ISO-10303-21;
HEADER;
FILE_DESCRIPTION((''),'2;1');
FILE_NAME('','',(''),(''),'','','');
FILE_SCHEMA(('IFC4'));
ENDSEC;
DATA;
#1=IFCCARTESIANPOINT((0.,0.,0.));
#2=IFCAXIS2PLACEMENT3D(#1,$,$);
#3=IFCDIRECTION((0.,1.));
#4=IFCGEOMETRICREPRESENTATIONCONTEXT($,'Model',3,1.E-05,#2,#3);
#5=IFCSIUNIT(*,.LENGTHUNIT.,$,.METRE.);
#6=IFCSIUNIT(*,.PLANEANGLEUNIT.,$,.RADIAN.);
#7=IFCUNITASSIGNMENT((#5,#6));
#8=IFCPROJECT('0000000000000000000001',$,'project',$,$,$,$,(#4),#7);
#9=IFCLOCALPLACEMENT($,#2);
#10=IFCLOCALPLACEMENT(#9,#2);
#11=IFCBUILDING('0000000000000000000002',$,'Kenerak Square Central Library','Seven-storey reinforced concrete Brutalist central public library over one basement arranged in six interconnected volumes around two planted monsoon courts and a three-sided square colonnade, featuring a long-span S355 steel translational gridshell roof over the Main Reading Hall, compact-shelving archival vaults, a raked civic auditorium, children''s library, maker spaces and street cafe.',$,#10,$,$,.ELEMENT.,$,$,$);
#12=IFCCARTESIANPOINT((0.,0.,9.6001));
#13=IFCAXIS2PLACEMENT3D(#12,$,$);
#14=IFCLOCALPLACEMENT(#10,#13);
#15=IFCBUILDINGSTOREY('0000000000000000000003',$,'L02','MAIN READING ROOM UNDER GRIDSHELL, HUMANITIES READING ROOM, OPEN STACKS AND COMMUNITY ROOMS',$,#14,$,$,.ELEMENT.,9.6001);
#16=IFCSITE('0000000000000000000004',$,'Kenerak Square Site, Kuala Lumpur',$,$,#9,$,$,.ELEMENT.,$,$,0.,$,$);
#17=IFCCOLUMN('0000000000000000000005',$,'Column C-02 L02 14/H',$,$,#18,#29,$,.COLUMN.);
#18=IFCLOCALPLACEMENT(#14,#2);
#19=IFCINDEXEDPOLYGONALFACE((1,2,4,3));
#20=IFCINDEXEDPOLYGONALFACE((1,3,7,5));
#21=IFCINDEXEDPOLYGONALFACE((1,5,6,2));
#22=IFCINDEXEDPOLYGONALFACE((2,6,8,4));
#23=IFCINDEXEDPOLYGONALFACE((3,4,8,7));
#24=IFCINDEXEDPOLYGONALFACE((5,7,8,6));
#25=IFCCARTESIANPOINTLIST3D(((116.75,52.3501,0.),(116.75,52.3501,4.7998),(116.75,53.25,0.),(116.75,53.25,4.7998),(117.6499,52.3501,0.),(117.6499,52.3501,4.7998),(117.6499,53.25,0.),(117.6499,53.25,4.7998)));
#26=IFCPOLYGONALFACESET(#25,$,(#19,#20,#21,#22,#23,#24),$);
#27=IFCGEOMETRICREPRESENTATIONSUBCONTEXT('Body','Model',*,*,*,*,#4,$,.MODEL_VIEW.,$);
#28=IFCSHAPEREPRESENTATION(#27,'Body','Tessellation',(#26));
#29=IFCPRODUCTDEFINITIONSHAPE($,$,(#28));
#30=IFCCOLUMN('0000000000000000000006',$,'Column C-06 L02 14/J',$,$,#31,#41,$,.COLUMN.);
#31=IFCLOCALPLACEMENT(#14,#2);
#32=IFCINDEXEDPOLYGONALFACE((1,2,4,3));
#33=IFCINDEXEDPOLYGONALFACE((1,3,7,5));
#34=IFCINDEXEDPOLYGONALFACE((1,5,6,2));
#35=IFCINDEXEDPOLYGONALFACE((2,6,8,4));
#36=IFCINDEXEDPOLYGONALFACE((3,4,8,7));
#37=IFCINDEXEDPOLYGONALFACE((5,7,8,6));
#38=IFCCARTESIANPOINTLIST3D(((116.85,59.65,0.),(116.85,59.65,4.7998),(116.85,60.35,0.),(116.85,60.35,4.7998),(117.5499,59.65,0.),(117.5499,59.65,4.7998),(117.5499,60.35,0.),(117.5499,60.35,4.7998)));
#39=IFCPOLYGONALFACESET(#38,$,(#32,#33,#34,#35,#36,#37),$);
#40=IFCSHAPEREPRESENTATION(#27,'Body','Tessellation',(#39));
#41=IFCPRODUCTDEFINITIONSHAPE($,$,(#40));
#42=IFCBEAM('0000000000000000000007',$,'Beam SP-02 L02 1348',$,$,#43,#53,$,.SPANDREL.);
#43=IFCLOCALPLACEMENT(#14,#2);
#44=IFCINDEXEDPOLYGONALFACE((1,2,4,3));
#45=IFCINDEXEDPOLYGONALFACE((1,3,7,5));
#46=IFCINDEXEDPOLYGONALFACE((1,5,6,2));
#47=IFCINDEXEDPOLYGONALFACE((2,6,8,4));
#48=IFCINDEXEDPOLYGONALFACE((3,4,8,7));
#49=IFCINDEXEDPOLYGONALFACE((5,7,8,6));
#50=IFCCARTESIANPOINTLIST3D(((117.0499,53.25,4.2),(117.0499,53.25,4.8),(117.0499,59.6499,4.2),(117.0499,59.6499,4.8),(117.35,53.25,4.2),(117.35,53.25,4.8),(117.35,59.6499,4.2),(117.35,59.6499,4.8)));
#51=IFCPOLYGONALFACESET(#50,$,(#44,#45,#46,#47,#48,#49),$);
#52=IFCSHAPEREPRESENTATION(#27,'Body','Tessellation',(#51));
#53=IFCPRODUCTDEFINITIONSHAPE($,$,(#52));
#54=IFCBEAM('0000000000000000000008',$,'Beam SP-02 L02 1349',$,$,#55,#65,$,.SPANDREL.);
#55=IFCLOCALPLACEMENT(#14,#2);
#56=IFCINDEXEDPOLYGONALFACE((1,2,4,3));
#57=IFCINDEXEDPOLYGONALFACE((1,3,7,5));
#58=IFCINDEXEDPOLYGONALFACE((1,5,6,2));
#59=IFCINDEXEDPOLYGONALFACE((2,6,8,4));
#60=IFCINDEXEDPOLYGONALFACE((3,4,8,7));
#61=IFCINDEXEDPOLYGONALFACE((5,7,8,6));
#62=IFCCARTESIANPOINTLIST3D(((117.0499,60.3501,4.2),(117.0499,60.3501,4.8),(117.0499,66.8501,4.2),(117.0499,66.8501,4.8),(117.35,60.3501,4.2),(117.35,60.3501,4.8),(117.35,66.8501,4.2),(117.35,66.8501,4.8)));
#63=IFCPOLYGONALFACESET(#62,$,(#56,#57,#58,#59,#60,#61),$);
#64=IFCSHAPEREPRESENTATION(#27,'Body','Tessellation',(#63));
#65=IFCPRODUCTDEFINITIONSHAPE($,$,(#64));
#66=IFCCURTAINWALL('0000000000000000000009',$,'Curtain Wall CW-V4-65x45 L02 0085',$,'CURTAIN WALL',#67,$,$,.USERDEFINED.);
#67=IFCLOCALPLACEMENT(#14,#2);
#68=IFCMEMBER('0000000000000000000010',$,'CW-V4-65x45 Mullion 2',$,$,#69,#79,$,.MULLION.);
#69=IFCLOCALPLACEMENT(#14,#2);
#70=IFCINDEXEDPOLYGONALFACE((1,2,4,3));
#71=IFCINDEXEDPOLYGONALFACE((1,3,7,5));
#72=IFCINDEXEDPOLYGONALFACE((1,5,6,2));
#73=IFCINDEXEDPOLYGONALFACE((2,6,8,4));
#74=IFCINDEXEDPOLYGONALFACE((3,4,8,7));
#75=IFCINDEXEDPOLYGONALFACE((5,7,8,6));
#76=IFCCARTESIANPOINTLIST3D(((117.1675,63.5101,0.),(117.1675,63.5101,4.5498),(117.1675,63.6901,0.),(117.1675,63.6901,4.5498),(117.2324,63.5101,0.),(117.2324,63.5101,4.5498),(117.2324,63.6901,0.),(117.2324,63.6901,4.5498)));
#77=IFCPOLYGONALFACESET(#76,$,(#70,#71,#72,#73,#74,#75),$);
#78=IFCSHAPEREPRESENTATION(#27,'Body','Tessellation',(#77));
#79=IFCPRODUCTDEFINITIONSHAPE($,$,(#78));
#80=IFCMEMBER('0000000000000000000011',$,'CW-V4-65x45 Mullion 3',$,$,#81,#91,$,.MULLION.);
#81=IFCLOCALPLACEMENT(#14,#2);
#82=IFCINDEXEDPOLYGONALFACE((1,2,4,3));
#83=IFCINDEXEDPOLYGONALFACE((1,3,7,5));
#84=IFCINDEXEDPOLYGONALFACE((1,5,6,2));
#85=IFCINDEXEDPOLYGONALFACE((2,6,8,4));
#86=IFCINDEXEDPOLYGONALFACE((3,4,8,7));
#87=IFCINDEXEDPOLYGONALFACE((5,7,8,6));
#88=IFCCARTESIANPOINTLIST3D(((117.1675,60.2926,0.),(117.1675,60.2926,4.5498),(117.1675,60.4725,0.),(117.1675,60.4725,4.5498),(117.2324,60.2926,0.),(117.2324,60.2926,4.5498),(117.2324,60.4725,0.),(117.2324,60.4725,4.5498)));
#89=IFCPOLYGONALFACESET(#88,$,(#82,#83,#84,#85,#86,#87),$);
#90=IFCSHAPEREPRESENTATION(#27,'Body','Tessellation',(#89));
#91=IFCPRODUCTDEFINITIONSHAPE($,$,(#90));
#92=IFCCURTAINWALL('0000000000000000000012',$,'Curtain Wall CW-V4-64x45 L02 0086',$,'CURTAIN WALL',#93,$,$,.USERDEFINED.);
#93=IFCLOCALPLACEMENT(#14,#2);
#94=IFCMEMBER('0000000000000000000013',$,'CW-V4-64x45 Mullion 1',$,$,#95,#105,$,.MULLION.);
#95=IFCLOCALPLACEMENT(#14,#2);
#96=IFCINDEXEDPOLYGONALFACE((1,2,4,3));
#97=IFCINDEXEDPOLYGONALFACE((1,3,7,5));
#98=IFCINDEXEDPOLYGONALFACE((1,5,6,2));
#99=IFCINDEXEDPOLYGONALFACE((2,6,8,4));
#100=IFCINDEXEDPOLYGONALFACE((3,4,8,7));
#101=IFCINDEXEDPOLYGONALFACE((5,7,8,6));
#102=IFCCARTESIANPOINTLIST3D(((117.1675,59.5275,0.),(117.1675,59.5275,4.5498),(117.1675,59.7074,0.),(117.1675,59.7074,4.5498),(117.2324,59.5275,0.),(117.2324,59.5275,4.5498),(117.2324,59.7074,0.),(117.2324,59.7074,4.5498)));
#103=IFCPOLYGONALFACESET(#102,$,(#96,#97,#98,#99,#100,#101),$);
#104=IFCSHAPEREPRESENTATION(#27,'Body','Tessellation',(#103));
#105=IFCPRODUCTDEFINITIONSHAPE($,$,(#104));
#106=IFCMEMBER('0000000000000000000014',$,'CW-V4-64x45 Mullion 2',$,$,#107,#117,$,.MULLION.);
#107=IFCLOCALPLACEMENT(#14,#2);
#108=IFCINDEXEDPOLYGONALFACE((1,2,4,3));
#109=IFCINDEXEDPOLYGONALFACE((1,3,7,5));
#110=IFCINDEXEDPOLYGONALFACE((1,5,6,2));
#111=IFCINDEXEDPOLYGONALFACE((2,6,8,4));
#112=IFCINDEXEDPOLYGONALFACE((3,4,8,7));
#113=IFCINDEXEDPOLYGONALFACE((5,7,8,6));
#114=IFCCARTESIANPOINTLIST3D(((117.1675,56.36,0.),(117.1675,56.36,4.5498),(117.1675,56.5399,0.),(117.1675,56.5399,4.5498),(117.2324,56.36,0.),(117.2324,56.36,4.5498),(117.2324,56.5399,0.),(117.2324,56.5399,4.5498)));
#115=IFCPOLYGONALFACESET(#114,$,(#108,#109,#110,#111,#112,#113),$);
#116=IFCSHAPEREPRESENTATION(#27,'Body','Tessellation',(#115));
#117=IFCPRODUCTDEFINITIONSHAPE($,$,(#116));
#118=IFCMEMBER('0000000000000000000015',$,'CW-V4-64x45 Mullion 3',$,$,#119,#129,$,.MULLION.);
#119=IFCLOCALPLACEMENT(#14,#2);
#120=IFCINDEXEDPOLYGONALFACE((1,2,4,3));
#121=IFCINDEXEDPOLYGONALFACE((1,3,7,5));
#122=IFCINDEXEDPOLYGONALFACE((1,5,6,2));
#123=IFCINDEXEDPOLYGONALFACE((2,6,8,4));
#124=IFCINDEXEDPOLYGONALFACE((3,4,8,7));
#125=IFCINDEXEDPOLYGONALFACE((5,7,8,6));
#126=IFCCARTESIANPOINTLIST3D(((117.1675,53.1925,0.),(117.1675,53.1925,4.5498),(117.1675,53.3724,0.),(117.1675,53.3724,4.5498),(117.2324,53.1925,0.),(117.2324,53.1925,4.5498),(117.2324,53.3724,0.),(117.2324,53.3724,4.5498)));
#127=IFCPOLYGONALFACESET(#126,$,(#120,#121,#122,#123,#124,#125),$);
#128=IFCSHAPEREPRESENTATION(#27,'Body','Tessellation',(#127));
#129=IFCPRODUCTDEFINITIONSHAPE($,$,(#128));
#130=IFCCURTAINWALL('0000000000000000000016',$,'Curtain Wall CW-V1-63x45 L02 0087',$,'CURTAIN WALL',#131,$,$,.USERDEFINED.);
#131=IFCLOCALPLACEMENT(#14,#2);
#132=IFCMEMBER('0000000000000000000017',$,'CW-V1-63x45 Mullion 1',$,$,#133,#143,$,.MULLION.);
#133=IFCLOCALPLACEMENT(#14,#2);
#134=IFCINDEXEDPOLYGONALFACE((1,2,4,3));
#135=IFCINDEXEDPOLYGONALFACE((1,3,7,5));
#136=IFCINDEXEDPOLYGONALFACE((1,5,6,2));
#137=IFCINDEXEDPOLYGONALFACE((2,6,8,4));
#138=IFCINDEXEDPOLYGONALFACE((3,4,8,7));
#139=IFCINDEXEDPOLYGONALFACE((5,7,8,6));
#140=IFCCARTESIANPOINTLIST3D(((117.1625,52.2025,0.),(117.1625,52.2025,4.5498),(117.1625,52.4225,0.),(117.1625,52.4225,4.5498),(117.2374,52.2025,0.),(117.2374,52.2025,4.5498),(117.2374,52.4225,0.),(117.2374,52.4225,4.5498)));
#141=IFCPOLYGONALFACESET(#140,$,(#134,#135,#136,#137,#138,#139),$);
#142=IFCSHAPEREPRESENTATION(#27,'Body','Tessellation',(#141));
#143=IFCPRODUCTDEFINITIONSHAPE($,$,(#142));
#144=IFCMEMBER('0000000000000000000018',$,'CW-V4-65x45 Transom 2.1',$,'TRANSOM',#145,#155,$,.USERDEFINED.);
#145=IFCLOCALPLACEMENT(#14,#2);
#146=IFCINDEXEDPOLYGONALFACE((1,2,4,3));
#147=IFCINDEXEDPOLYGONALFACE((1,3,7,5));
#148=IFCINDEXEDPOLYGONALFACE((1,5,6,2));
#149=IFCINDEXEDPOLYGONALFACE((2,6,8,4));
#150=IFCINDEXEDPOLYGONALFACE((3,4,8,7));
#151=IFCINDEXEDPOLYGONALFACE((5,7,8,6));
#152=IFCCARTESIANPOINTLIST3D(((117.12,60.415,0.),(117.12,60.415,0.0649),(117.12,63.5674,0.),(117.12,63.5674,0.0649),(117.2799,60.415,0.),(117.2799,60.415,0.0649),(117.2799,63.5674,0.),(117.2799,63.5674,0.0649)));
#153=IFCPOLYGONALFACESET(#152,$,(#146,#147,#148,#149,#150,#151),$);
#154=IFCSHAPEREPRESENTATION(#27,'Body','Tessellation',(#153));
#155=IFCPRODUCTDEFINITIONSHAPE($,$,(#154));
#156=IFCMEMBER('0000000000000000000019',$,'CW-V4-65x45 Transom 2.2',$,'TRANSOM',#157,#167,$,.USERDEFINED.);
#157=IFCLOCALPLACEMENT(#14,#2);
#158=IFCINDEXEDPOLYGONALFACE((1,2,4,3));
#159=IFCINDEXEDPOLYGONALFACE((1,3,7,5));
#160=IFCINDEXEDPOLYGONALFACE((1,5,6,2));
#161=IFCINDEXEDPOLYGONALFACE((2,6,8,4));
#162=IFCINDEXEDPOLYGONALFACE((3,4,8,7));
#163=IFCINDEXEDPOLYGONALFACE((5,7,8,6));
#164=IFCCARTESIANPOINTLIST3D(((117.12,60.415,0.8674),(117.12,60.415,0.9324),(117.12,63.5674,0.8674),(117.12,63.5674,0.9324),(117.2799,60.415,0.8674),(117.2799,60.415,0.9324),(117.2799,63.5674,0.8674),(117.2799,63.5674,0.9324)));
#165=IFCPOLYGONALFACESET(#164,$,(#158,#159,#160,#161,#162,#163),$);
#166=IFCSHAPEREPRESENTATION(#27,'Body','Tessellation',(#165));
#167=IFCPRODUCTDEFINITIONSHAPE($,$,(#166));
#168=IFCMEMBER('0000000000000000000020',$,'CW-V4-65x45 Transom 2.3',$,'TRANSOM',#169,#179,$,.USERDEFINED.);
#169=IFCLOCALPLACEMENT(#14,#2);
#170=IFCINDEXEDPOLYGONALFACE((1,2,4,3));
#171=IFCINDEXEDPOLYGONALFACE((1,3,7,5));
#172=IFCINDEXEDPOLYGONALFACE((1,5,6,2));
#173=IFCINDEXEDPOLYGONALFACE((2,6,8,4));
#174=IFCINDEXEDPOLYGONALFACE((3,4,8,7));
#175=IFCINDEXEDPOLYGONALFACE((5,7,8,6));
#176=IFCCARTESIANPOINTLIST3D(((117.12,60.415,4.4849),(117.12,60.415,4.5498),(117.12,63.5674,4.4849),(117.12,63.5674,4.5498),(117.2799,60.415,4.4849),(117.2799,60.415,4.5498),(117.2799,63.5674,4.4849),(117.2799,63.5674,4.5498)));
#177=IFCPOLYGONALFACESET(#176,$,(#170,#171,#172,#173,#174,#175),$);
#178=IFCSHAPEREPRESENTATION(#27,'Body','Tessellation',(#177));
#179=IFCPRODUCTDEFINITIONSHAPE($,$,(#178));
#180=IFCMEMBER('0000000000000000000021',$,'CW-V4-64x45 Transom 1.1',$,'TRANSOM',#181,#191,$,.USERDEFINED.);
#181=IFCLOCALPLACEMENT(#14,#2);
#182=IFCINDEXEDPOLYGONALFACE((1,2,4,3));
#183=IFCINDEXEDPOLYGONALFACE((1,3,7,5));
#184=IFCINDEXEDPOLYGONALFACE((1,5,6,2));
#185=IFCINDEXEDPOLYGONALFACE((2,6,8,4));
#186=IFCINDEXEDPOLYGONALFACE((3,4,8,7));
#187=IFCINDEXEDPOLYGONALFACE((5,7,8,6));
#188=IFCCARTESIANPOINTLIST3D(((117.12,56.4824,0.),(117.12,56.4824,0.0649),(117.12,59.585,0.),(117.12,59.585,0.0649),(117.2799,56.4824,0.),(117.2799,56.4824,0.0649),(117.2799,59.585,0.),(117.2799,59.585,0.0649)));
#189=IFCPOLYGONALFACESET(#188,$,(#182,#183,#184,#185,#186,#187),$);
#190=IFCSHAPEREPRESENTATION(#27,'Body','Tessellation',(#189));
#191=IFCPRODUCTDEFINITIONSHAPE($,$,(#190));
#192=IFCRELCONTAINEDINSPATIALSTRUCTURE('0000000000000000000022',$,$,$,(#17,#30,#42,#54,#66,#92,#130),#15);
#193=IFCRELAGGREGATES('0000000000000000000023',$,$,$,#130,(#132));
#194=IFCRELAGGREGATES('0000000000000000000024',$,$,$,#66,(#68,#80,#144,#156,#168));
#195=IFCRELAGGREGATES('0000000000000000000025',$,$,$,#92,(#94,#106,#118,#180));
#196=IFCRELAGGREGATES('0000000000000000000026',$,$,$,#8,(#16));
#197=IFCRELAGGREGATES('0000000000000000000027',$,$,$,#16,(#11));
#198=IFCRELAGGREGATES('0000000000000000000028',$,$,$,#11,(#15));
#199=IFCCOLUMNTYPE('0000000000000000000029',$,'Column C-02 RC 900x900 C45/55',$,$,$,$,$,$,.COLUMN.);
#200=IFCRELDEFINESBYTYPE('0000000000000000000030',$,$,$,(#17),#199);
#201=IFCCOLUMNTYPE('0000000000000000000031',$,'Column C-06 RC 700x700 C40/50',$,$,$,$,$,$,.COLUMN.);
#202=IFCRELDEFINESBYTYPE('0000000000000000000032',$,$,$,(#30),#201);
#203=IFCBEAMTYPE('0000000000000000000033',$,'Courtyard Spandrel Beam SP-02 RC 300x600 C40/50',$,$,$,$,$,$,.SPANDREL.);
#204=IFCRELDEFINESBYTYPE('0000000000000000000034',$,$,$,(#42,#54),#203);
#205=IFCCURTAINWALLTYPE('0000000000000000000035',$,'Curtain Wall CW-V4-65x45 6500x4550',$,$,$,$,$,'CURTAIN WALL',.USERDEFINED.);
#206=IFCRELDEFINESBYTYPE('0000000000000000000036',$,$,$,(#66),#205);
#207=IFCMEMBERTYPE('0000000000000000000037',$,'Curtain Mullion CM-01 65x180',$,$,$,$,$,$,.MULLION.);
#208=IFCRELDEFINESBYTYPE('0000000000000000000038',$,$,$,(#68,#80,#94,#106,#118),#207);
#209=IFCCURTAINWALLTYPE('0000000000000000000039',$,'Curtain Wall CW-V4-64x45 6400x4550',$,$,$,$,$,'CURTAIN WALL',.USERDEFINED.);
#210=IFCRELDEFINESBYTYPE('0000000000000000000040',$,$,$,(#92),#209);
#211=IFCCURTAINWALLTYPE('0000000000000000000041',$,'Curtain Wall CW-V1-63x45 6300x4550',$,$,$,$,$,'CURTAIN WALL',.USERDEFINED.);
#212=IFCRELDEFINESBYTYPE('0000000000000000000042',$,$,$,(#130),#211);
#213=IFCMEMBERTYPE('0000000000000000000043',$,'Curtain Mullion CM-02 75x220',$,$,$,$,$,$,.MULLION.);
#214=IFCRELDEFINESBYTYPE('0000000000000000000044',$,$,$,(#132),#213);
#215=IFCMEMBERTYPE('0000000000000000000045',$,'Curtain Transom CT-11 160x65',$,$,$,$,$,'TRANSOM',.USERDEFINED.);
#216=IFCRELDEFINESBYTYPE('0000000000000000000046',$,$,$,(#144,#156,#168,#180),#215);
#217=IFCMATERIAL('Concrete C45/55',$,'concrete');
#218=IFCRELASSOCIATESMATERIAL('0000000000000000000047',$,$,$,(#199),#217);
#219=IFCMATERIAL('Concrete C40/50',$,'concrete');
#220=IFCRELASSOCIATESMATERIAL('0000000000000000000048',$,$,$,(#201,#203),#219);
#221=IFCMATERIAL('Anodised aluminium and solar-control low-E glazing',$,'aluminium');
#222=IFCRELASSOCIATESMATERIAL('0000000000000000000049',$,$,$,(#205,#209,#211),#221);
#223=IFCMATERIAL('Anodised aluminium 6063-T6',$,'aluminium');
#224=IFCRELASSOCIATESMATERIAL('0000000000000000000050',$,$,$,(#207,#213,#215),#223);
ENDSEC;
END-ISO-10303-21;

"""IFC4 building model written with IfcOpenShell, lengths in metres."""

from ifc_helpers import new_model, si_unit, direction, frame, origin, origin_2d, place, context, subcontext, project, spatial, rectangle, extrude, material, material_profile, profile_set, type_object, element, aggregate, save


model = new_model("IFC4")

# Units and contexts
model_context = context("Model", 3, precision=1e-05, world=origin(), true_north=direction((0.0, 1.0)))
body_context = subcontext(model_context, "Body", "Model", "MODEL_VIEW")
ifc_project = project(units=[si_unit("LENGTHUNIT", "METRE"), si_unit("PLANEANGLEUNIT", "RADIAN")], contexts=[model_context])

# Site, building, storey
site_placement = place(None, origin())
site = spatial("IfcSite", under=ifc_project, at=site_placement, Name="Kenerak Square Site, Kuala Lumpur", CompositionType="ELEMENT", RefElevation=0.0)
building_placement = place(site_placement, origin())
building = spatial("IfcBuilding", under=site, at=building_placement, Name="Kenerak Square Central Library", Description="Seven-storey reinforced concrete Brutalist central public library over one basement arranged in six interconnected volumes around two planted monsoon courts and a three-sided square colonnade, featuring a long-span S355 steel translational gridshell roof over the Main Reading Hall, compact-shelving archival vaults, a raked civic auditorium, children's library, maker spaces and street cafe.", CompositionType="ELEMENT")
storey_placement = place(building_placement, frame((0.0, 0.0, 9.6001)))
storey = spatial("IfcBuildingStorey", under=building, at=storey_placement, Name="L02", Description="MAIN READING ROOM UNDER GRIDSHELL, HUMANITIES READING ROOM, OPEN STACKS AND COMMUNITY ROOMS", CompositionType="ELEMENT", Elevation=9.6001)

# Columns
ifc_material_1 = material(Name="Concrete C45/55", Category="concrete")
ifc_material_profile_1 = material_profile(ifc_material_1, rectangle(XDim=0.8999, YDim=0.8999, at=origin_2d()), Name="RC 900x900")
ifc_profile_set_1 = profile_set([ifc_material_profile_1], Name="Concrete C45/55")
column_type_1 = type_object("IfcColumnType", Name="Column C-02 RC 900x900 C45/55", PredefinedType="COLUMN", material=ifc_profile_set_1)
column_1_placement = place(storey_placement, frame((117.2, 52.8, 0.0), z_axis=(0.0, 0.0, 1.0), x_axis=(1.0, 0.0, 0.0)))
element("IfcColumn", 1, at=column_1_placement, inside=storey, type_object=column_type_1, Name="Column C-02 L02 14/H", PredefinedType="COLUMN", context=body_context, shape_type="SweptSolid", body=[
    extrude(rectangle(XDim=0.8999, YDim=0.8999, at=origin_2d()), origin(), (0.0, 0.0, 1.0), 4.7998),
])
ifc_material_2 = material(Name="Concrete C40/50", Category="concrete")
ifc_material_profile_2 = material_profile(ifc_material_2, rectangle(XDim=0.7, YDim=0.7, at=origin_2d()), Name="RC 700x700")
ifc_profile_set_2 = profile_set([ifc_material_profile_2], Name="Concrete C40/50")
column_type_2 = type_object("IfcColumnType", Name="Column C-06 RC 700x700 C40/50", PredefinedType="COLUMN", material=ifc_profile_set_2)
column_2_placement = place(storey_placement, frame((117.2, 60.0, 0.0), z_axis=(0.0, 0.0, 1.0), x_axis=(1.0, 0.0, 0.0)))
element("IfcColumn", 2, at=column_2_placement, inside=storey, type_object=column_type_2, Name="Column C-06 L02 14/J", PredefinedType="COLUMN", context=body_context, shape_type="SweptSolid", body=[
    extrude(rectangle(XDim=0.7, YDim=0.7, at=origin_2d()), origin(), (0.0, 0.0, 1.0), 4.7998),
])

# Beams
ifc_material_profile_3 = material_profile(ifc_material_2, rectangle(XDim=0.3, YDim=0.6001, at=origin_2d()), Name="RC 300x600")
ifc_profile_set_3 = profile_set([ifc_material_profile_3], Name="Concrete C40/50")
beam_type = type_object("IfcBeamType", Name="Courtyard Spandrel Beam SP-02 RC 300x600 C40/50", PredefinedType="SPANDREL", material=ifc_profile_set_3)
beam_1_placement = place(storey_placement, frame((117.2, 53.25, 4.5), z_axis=(0.0, 1.0, 0.0), x_axis=(-1.0, 0.0, 0.0)))
element("IfcBeam", 3, at=beam_1_placement, inside=storey, type_object=beam_type, Name="Beam SP-02 L02 1348", PredefinedType="SPANDREL", context=body_context, shape_type="SweptSolid", body=[
    extrude(rectangle(XDim=0.3, YDim=0.6001, at=origin_2d()), origin(), (0.0, 0.0, 1.0), 6.3999),
])
beam_2_placement = place(storey_placement, frame((117.2, 60.3501, 4.5), z_axis=(0.0, 1.0, 0.0), x_axis=(-1.0, 0.0, 0.0)))
element("IfcBeam", 4, at=beam_2_placement, inside=storey, type_object=beam_type, Name="Beam SP-02 L02 1349", PredefinedType="SPANDREL", context=body_context, shape_type="SweptSolid", body=[
    extrude(rectangle(XDim=0.3, YDim=0.6001, at=origin_2d()), origin(), (0.0, 0.0, 1.0), 6.5),
])

# Curtain walls, members
ifc_material_3 = material(Name="Anodised aluminium and solar-control low-E glazing", Category="aluminium")
curtain_wall_type_1 = type_object("IfcCurtainWallType", Name="Curtain Wall CW-V4-65x45 6500x4550", ElementType="CURTAIN WALL", PredefinedType="USERDEFINED", material=ifc_material_3)
curtain_wall_1_placement = place(storey_placement, origin())
curtain_wall_1 = element("IfcCurtainWall", 5, at=curtain_wall_1_placement, inside=storey, type_object=curtain_wall_type_1, Name="Curtain Wall CW-V4-65x45 L02 0085", ObjectType="CURTAIN WALL", PredefinedType="USERDEFINED")
ifc_material_4 = material(Name="Anodised aluminium 6063-T6", Category="aluminium")
ifc_material_profile_4 = material_profile(ifc_material_4, rectangle(XDim=0.0649, YDim=0.1799, at=origin_2d()), Name="AL MULLION 65x180")
ifc_profile_set_4 = profile_set([ifc_material_profile_4], Name="Anodised aluminium 6063-T6")
member_type_1 = type_object("IfcMemberType", Name="Curtain Mullion CM-01 65x180", PredefinedType="MULLION", material=ifc_profile_set_4)
member_1_placement = place(storey_placement, frame((117.2, 63.6001, 0.0), z_axis=(0.0, 0.0, 1.0), x_axis=(1.0, 0.0, 0.0)))
member_1 = element("IfcMember", 6, at=member_1_placement, type_object=member_type_1, Name="CW-V4-65x45 Mullion 2", PredefinedType="MULLION", context=body_context, shape_type="SweptSolid", body=[
    extrude(rectangle(XDim=0.0649, YDim=0.1799, at=origin_2d()), origin(), (0.0, 0.0, 1.0), 4.5498),
])
member_2_placement = place(storey_placement, frame((117.2, 60.3826, 0.0), z_axis=(0.0, 0.0, 1.0), x_axis=(1.0, 0.0, 0.0)))
member_2 = element("IfcMember", 7, at=member_2_placement, type_object=member_type_1, Name="CW-V4-65x45 Mullion 3", PredefinedType="MULLION", context=body_context, shape_type="SweptSolid", body=[
    extrude(rectangle(XDim=0.0649, YDim=0.1799, at=origin_2d()), origin(), (0.0, 0.0, 1.0), 4.5498),
])
curtain_wall_type_2 = type_object("IfcCurtainWallType", Name="Curtain Wall CW-V4-64x45 6400x4550", ElementType="CURTAIN WALL", PredefinedType="USERDEFINED", material=ifc_material_3)
curtain_wall_2_placement = place(storey_placement, origin())
curtain_wall_2 = element("IfcCurtainWall", 8, at=curtain_wall_2_placement, inside=storey, type_object=curtain_wall_type_2, Name="Curtain Wall CW-V4-64x45 L02 0086", ObjectType="CURTAIN WALL", PredefinedType="USERDEFINED")
member_3_placement = place(storey_placement, frame((117.2, 59.6174, 0.0), z_axis=(0.0, 0.0, 1.0), x_axis=(1.0, 0.0, 0.0)))
member_3 = element("IfcMember", 9, at=member_3_placement, type_object=member_type_1, Name="CW-V4-64x45 Mullion 1", PredefinedType="MULLION", context=body_context, shape_type="SweptSolid", body=[
    extrude(rectangle(XDim=0.0649, YDim=0.1799, at=origin_2d()), origin(), (0.0, 0.0, 1.0), 4.5498),
])
member_4_placement = place(storey_placement, frame((117.2, 56.45, 0.0), z_axis=(0.0, 0.0, 1.0), x_axis=(1.0, 0.0, 0.0)))
member_4 = element("IfcMember", 10, at=member_4_placement, type_object=member_type_1, Name="CW-V4-64x45 Mullion 2", PredefinedType="MULLION", context=body_context, shape_type="SweptSolid", body=[
    extrude(rectangle(XDim=0.0649, YDim=0.1799, at=origin_2d()), origin(), (0.0, 0.0, 1.0), 4.5498),
])
member_5_placement = place(storey_placement, frame((117.2, 53.2825, 0.0), z_axis=(0.0, 0.0, 1.0), x_axis=(1.0, 0.0, 0.0)))
member_5 = element("IfcMember", 11, at=member_5_placement, type_object=member_type_1, Name="CW-V4-64x45 Mullion 3", PredefinedType="MULLION", context=body_context, shape_type="SweptSolid", body=[
    extrude(rectangle(XDim=0.0649, YDim=0.1799, at=origin_2d()), origin(), (0.0, 0.0, 1.0), 4.5498),
])

# Curtain wall, member
curtain_wall_type_3 = type_object("IfcCurtainWallType", Name="Curtain Wall CW-V1-63x45 6300x4550", ElementType="CURTAIN WALL", PredefinedType="USERDEFINED", material=ifc_material_3)
curtain_wall_3_placement = place(storey_placement, origin())
curtain_wall_3 = element("IfcCurtainWall", 12, at=curtain_wall_3_placement, inside=storey, type_object=curtain_wall_type_3, Name="Curtain Wall CW-V1-63x45 L02 0087", ObjectType="CURTAIN WALL", PredefinedType="USERDEFINED")
ifc_material_profile_5 = material_profile(ifc_material_4, rectangle(XDim=0.075, YDim=0.22, at=origin_2d()), Name="AL MULLION 75x220")
ifc_profile_set_5 = profile_set([ifc_material_profile_5], Name="Anodised aluminium 6063-T6")
member_type_2 = type_object("IfcMemberType", Name="Curtain Mullion CM-02 75x220", PredefinedType="MULLION", material=ifc_profile_set_5)
member_6_placement = place(storey_placement, frame((117.2, 52.3125, 0.0), z_axis=(0.0, 0.0, 1.0), x_axis=(1.0, 0.0, 0.0)))
member_6 = element("IfcMember", 13, at=member_6_placement, type_object=member_type_2, Name="CW-V1-63x45 Mullion 1", PredefinedType="MULLION", context=body_context, shape_type="SweptSolid", body=[
    extrude(rectangle(XDim=0.075, YDim=0.22, at=origin_2d()), origin(), (0.0, 0.0, 1.0), 4.5498),
])

# Members
ifc_material_profile_6 = material_profile(ifc_material_4, rectangle(XDim=0.1599, YDim=0.0649, at=origin_2d()), Name="AL TRANSOM 160x65")
ifc_profile_set_6 = profile_set([ifc_material_profile_6], Name="Anodised aluminium 6063-T6")
member_type_3 = type_object("IfcMemberType", Name="Curtain Transom CT-11 160x65", ElementType="TRANSOM", PredefinedType="USERDEFINED", material=ifc_profile_set_6)
member_7_placement = place(storey_placement, frame((117.2, 63.5674, 0.0325), z_axis=(0.0, -1.0, 0.0), x_axis=(1.0, 0.0, 0.0)))
member_7 = element("IfcMember", 14, at=member_7_placement, type_object=member_type_3, Name="CW-V4-65x45 Transom 2.1", ObjectType="TRANSOM", PredefinedType="USERDEFINED", context=body_context, shape_type="SweptSolid", body=[
    extrude(rectangle(XDim=0.1599, YDim=0.0649, at=origin_2d()), origin(), (0.0, 0.0, 1.0), 3.1523),
])
member_8_placement = place(storey_placement, frame((117.2, 63.5674, 0.8999), z_axis=(0.0, -1.0, 0.0), x_axis=(1.0, 0.0, 0.0)))
member_8 = element("IfcMember", 15, at=member_8_placement, type_object=member_type_3, Name="CW-V4-65x45 Transom 2.2", ObjectType="TRANSOM", PredefinedType="USERDEFINED", context=body_context, shape_type="SweptSolid", body=[
    extrude(rectangle(XDim=0.1599, YDim=0.0649, at=origin_2d()), origin(), (0.0, 0.0, 1.0), 3.1523),
])
member_9_placement = place(storey_placement, frame((117.2, 63.5674, 4.5173), z_axis=(0.0, -1.0, 0.0), x_axis=(1.0, 0.0, 0.0)))
member_9 = element("IfcMember", 16, at=member_9_placement, type_object=member_type_3, Name="CW-V4-65x45 Transom 2.3", ObjectType="TRANSOM", PredefinedType="USERDEFINED", context=body_context, shape_type="SweptSolid", body=[
    extrude(rectangle(XDim=0.1599, YDim=0.0649, at=origin_2d()), origin(), (0.0, 0.0, 1.0), 3.1523),
])
member_10_placement = place(storey_placement, frame((117.2, 59.585, 0.0325), z_axis=(0.0, -1.0, 0.0), x_axis=(1.0, 0.0, 0.0)))
member_10 = element("IfcMember", 17, at=member_10_placement, type_object=member_type_3, Name="CW-V4-64x45 Transom 1.1", ObjectType="TRANSOM", PredefinedType="USERDEFINED", context=body_context, shape_type="SweptSolid", body=[
    extrude(rectangle(XDim=0.1599, YDim=0.0649, at=origin_2d()), origin(), (0.0, 0.0, 1.0), 3.1025),
])
aggregate(curtain_wall_3, [member_6])

aggregate(curtain_wall_1, [member_1, member_2, member_7, member_8, member_9])
aggregate(curtain_wall_2, [member_3, member_4, member_5, member_10])

save(model, "model.ifc")
